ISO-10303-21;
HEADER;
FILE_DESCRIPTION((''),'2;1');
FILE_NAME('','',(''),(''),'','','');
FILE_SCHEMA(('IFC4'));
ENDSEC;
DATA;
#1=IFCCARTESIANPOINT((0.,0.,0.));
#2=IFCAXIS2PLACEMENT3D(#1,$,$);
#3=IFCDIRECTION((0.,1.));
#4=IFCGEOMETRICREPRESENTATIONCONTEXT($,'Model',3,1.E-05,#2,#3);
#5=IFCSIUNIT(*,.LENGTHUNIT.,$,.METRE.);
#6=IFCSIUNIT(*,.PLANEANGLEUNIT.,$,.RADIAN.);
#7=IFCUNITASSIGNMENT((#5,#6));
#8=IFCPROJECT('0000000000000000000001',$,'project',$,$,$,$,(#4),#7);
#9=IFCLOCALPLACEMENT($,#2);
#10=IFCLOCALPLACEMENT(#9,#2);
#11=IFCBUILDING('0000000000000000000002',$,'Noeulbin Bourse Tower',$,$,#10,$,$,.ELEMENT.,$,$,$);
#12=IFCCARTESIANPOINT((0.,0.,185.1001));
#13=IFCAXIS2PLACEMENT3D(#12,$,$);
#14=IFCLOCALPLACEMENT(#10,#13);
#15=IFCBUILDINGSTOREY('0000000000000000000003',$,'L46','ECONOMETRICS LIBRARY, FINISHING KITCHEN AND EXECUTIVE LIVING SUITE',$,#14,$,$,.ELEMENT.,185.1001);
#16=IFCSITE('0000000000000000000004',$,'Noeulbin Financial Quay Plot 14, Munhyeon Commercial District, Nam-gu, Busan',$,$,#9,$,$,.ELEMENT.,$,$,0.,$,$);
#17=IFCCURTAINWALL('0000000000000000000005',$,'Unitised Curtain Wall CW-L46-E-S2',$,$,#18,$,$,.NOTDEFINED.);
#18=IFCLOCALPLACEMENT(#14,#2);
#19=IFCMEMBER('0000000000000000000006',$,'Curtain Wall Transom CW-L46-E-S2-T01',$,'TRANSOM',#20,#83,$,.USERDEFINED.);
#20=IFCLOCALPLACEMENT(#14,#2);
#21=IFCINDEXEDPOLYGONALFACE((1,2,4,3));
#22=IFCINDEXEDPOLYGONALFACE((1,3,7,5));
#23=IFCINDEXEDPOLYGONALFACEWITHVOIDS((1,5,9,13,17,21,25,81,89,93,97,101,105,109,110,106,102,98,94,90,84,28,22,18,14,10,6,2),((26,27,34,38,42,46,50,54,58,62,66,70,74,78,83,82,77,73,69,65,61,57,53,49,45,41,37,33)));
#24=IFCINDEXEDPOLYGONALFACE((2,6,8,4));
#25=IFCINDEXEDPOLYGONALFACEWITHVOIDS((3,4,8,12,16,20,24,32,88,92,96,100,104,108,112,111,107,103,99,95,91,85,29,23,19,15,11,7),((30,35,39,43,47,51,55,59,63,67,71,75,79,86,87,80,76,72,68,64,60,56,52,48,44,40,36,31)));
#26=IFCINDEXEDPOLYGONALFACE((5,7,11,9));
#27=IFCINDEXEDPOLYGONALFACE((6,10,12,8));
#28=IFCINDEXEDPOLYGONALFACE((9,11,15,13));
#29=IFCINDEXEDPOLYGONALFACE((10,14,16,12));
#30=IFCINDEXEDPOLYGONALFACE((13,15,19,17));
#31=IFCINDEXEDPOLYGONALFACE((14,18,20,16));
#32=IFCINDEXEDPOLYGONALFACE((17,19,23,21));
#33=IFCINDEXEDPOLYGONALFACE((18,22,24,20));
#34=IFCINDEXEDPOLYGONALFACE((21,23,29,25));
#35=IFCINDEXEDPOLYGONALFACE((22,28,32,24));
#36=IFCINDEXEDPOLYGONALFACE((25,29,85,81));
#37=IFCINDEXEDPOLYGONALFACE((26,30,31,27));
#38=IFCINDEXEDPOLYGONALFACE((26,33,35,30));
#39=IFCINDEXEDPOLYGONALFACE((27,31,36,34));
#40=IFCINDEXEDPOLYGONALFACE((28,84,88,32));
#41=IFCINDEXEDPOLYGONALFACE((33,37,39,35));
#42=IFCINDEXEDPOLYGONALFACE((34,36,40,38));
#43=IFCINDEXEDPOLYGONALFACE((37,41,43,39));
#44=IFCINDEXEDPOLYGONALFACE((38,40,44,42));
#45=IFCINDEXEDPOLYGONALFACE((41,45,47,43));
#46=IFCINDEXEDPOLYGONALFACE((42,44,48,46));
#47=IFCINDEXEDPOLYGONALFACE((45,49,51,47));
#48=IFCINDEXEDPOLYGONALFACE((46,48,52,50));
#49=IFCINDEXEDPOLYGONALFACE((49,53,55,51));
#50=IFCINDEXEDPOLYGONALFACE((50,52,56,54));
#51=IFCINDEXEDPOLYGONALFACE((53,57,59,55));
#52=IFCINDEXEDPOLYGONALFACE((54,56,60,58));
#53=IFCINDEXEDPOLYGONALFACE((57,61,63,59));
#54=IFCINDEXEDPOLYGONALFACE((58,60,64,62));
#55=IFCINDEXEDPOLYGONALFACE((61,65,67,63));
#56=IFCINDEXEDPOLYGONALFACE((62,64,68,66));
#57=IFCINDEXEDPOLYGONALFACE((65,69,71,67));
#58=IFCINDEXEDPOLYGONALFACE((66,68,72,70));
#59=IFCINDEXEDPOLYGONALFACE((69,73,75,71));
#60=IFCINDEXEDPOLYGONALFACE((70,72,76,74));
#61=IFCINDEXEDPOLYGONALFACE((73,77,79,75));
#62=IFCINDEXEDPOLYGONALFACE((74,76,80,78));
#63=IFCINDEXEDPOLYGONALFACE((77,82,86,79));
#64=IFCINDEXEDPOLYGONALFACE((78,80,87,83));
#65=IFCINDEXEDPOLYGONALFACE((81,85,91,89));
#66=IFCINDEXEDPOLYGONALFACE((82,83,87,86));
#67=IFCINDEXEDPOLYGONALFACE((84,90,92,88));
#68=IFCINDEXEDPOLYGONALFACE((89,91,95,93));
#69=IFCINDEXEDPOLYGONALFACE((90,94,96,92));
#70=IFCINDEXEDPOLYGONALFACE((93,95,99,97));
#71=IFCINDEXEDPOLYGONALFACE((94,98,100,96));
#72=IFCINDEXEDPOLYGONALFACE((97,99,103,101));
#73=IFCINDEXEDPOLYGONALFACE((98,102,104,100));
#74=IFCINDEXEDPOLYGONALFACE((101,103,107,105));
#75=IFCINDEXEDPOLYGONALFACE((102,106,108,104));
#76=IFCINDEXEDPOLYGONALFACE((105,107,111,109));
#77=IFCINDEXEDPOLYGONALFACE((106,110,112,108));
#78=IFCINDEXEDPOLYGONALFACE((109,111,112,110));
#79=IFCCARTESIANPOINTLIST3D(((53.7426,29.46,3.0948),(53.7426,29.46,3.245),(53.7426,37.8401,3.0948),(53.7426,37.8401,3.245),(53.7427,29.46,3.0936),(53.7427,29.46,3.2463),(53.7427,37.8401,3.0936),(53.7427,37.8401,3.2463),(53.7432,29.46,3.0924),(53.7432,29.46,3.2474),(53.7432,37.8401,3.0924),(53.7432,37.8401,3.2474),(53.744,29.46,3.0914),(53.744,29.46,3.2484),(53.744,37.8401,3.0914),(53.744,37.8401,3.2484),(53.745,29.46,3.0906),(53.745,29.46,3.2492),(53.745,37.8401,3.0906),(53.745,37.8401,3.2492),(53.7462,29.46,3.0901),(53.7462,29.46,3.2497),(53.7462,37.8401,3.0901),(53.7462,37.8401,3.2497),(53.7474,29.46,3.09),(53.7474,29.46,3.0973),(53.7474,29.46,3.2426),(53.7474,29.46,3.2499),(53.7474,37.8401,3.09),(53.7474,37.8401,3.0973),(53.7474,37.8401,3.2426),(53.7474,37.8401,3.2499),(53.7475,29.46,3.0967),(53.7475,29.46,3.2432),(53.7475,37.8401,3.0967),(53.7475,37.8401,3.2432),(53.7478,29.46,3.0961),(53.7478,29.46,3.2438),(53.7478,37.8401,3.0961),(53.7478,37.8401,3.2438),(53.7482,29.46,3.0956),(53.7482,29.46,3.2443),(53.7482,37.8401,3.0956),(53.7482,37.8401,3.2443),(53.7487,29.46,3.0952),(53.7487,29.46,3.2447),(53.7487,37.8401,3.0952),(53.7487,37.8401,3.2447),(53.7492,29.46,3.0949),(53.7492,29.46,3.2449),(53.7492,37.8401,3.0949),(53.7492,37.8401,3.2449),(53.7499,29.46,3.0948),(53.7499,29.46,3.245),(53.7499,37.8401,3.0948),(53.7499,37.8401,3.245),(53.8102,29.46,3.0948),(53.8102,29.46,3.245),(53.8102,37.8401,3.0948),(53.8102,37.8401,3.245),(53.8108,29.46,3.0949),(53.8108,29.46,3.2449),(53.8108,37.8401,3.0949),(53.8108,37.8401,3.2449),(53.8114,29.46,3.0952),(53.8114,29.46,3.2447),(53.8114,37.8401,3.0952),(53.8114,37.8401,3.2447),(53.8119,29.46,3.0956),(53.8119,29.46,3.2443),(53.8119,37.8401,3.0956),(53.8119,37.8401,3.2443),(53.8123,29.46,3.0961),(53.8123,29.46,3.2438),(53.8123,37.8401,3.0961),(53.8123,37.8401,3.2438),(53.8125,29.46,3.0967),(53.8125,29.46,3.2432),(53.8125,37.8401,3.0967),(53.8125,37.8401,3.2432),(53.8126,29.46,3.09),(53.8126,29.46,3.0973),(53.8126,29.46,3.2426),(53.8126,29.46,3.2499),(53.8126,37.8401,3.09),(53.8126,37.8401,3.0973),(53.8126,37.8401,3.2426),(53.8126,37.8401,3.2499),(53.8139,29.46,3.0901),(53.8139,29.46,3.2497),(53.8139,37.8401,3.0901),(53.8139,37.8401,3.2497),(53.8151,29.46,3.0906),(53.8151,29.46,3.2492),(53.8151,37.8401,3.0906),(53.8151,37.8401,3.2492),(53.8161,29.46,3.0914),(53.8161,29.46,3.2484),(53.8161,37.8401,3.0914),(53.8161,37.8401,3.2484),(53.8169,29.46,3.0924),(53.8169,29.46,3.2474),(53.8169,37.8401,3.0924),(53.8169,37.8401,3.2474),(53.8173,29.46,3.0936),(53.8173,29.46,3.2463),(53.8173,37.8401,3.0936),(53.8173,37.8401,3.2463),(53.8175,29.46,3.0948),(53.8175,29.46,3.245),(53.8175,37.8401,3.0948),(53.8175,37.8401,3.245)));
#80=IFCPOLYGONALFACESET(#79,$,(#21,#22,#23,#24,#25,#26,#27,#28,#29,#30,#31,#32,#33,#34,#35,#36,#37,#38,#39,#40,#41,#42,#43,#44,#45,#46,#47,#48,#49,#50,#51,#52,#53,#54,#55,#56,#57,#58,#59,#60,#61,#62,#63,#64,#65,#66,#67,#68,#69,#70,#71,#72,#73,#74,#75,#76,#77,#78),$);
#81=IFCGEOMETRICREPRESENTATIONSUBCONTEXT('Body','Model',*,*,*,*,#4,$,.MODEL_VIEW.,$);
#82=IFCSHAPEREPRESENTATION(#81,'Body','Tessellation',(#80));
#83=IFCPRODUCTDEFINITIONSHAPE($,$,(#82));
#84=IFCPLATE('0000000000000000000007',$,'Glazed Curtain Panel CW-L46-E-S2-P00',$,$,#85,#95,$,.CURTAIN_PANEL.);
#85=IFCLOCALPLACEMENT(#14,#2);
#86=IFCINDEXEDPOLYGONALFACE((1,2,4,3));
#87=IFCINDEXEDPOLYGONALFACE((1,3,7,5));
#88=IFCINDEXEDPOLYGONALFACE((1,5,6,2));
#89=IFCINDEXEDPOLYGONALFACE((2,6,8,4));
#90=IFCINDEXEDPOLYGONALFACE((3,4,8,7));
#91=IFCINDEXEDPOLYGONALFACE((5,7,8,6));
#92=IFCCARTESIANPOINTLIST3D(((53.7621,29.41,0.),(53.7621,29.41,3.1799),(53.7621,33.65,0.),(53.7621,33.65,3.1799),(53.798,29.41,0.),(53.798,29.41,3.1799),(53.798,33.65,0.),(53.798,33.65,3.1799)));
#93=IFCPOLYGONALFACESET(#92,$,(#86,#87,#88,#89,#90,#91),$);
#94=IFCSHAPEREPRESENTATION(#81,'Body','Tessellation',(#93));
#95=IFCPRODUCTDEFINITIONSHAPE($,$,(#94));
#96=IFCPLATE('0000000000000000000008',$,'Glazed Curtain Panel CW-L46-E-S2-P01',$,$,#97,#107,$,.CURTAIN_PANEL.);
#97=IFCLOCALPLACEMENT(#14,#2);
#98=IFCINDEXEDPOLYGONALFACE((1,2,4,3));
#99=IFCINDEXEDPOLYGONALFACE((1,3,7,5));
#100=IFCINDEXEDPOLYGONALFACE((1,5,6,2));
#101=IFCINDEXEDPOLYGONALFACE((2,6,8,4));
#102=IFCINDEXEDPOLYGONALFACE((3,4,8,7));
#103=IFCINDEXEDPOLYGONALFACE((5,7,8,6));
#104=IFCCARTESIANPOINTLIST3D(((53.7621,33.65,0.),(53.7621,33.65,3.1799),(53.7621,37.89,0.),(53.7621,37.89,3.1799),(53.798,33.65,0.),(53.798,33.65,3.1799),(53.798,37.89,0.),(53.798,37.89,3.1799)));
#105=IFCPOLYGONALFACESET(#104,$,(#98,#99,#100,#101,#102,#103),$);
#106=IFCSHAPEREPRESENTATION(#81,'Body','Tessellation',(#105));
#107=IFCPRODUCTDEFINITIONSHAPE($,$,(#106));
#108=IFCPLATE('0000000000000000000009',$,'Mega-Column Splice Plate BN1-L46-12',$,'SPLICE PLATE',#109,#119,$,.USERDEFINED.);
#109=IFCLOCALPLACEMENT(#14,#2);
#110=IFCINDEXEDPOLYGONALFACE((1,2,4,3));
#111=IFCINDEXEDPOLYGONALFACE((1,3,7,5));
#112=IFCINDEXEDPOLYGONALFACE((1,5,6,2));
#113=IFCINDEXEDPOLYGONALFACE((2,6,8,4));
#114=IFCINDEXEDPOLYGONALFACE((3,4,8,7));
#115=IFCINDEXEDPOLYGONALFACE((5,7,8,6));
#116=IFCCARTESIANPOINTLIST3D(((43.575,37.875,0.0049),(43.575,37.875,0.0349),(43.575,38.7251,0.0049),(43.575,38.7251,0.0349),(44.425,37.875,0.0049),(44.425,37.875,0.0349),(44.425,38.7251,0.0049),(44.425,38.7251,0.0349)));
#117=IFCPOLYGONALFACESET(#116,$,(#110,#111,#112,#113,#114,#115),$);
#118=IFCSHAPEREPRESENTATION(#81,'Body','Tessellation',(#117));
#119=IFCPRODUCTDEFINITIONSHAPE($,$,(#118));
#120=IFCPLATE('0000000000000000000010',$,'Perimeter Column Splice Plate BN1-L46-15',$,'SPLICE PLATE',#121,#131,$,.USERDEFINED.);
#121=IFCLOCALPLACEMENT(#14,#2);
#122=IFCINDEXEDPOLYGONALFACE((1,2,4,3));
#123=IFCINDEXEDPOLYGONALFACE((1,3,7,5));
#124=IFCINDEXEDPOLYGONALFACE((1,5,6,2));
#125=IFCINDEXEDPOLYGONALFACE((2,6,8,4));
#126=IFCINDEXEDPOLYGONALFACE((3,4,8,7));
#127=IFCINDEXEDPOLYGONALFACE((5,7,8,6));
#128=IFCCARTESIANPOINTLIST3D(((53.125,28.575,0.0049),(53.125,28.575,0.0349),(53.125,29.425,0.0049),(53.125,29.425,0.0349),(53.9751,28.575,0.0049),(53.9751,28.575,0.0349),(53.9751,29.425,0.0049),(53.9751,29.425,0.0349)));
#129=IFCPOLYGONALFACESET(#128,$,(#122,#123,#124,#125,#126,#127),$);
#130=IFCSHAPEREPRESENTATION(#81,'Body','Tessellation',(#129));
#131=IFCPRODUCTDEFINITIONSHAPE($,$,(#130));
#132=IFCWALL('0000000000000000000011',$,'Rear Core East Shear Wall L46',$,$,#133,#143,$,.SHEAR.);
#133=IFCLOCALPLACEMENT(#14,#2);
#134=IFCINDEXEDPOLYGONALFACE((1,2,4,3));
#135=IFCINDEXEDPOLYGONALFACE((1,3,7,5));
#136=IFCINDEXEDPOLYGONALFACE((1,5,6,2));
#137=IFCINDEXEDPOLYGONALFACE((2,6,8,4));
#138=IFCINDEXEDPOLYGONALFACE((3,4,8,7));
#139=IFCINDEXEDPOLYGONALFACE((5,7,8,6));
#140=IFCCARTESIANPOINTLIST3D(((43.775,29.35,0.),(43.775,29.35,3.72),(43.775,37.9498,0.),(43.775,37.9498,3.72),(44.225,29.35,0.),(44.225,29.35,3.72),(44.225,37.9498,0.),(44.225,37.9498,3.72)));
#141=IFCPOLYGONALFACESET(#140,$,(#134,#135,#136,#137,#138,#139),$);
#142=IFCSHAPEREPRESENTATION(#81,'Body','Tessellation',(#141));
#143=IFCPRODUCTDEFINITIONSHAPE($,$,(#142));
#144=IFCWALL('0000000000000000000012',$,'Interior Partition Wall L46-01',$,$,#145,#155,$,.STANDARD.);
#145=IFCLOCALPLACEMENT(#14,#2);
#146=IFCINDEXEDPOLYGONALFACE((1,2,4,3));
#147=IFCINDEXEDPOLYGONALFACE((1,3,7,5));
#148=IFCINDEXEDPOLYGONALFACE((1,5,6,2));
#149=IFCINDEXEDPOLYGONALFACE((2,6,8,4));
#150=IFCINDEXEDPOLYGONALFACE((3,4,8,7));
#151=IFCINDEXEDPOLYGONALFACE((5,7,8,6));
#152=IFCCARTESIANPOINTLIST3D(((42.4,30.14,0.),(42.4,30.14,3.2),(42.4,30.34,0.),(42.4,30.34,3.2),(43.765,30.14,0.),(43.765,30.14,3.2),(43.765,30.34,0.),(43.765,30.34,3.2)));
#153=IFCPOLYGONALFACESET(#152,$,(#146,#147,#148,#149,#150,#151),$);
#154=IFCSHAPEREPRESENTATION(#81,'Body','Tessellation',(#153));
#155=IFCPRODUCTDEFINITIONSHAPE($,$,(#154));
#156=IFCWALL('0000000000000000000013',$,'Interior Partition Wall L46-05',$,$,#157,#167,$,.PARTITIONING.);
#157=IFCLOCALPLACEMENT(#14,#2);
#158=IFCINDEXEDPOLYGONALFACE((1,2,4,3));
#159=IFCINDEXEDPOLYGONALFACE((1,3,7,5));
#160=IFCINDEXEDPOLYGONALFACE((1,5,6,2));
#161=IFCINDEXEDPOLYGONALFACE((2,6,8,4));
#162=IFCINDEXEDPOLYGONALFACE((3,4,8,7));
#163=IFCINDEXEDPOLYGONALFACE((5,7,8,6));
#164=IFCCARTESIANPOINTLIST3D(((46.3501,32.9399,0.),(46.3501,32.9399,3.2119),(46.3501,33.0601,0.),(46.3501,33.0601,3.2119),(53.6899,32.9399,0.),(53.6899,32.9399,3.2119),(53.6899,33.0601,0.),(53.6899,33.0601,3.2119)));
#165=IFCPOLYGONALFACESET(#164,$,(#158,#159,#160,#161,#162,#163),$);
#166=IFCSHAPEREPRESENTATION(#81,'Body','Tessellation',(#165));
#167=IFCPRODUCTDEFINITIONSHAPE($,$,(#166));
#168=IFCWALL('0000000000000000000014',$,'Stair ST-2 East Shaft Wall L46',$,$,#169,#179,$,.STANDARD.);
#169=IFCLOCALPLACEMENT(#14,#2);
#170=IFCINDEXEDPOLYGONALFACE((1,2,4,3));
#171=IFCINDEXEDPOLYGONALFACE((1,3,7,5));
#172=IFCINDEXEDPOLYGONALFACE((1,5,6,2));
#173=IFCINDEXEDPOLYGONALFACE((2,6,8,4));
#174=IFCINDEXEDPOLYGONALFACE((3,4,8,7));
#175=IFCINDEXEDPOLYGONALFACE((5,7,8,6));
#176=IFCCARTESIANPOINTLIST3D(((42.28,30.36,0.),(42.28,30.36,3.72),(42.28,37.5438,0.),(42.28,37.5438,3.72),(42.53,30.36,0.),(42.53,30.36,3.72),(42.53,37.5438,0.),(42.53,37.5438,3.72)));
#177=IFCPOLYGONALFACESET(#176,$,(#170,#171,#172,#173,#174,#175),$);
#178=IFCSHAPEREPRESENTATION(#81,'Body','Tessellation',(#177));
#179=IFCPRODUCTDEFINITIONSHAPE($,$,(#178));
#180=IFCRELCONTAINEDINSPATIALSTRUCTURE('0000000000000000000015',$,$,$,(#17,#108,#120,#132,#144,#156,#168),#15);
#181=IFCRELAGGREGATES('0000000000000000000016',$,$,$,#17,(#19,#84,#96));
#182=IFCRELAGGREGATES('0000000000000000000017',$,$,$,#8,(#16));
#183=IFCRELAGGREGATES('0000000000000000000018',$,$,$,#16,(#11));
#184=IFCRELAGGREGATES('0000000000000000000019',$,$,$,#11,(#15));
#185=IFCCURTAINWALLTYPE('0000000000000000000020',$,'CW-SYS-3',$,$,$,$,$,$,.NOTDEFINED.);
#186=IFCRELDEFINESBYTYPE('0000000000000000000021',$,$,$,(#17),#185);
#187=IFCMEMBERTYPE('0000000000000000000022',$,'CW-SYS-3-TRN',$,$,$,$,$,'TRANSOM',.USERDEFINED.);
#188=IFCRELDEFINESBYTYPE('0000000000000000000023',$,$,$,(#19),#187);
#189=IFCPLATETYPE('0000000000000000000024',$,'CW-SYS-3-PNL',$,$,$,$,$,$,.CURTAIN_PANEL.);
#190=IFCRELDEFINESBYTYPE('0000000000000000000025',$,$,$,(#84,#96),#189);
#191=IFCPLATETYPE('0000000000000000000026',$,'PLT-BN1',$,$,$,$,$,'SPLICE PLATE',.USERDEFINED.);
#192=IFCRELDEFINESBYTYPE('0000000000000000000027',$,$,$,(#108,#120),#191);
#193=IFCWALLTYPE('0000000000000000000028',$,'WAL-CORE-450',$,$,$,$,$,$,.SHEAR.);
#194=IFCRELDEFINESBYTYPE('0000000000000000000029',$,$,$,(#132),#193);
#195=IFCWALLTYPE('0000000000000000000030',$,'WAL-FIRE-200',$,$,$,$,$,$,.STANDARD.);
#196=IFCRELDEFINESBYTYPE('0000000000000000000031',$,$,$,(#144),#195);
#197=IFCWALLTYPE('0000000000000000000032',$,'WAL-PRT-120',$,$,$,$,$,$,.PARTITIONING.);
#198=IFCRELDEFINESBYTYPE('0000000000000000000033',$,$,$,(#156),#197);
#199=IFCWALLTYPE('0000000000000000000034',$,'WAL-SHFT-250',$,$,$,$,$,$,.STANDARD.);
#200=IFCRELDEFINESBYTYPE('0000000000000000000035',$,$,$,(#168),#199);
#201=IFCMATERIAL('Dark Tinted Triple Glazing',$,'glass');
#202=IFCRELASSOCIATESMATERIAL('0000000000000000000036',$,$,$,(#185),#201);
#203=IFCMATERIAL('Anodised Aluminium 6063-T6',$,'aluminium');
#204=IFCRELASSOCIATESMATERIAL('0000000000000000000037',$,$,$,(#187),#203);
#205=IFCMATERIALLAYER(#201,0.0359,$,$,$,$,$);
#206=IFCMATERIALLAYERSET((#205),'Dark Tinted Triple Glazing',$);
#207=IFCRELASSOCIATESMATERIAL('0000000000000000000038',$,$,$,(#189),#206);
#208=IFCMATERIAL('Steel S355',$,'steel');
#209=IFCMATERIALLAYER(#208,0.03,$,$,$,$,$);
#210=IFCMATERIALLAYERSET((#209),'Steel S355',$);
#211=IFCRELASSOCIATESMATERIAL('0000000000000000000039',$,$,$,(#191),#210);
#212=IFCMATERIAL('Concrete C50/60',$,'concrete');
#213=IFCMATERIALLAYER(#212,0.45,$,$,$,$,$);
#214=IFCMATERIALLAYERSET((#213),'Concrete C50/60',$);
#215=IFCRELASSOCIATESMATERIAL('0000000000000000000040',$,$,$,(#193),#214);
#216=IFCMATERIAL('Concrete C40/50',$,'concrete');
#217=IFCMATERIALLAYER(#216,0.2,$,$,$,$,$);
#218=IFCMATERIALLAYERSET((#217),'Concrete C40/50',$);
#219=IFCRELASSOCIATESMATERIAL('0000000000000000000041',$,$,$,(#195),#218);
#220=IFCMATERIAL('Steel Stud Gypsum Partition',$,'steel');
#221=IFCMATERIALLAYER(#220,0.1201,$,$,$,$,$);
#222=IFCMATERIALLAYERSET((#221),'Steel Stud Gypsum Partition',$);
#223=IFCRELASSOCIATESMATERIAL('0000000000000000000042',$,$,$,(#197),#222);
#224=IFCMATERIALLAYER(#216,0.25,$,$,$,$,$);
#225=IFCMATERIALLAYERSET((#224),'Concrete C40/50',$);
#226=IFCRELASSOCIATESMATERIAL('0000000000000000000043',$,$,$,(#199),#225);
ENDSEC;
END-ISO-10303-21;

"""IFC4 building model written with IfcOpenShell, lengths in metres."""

from ifc_helpers import new_model, si_unit, direction, frame, frame_2d, origin, origin_2d, place, context, subcontext, project, spatial, rectangle, hollow_rectangle, extrude, material, layer, layer_set, material_profile, profile_set, type_object, element, aggregate, save


model = new_model("IFC4")

# Units and contexts
model_context = context("Model", 3, precision=1e-05, world=origin(), true_north=direction((0.0, 1.0)))
body_context = subcontext(model_context, "Body", "Model", "MODEL_VIEW")
ifc_project = project(units=[si_unit("LENGTHUNIT", "METRE"), si_unit("PLANEANGLEUNIT", "RADIAN")], contexts=[model_context])

# Site, building, storey
site_placement = place(None, origin())
site = spatial("IfcSite", under=ifc_project, at=site_placement, Name="Noeulbin Financial Quay Plot 14, Munhyeon Commercial District, Nam-gu, Busan", CompositionType="ELEMENT", RefElevation=0.0)
building_placement = place(site_placement, origin())
building = spatial("IfcBuilding", under=site, at=building_placement, Name="Noeulbin Bourse Tower", CompositionType="ELEMENT")
storey_placement = place(building_placement, frame((0.0, 0.0, 185.1001)))
storey = spatial("IfcBuildingStorey", under=building, at=storey_placement, Name="L46", Description="ECONOMETRICS LIBRARY, FINISHING KITCHEN AND EXECUTIVE LIVING SUITE", CompositionType="ELEMENT", Elevation=185.1001)

# Shared definitions
ifc_material_1 = material(Name="Steel S355", Category="steel")

# Curtain wall, member, plates
ifc_material_2 = material(Name="Dark Tinted Triple Glazing", Category="glass")
curtain_wall_type = type_object("IfcCurtainWallType", Name="CW-SYS-3", PredefinedType="NOTDEFINED", material=ifc_material_2)
curtain_wall_placement = place(storey_placement, origin())
curtain_wall = element("IfcCurtainWall", 1, at=curtain_wall_placement, inside=storey, type_object=curtain_wall_type, Name="Unitised Curtain Wall CW-L46-E-S2", PredefinedType="NOTDEFINED")
ifc_material_3 = material(Name="Anodised Aluminium 6063-T6", Category="aluminium")
ifc_material_profile_1 = material_profile(ifc_material_3, hollow_rectangle(XDim=0.075, YDim=0.1599, WallThickness=0.0049, InnerFilletRadius=0.0024, OuterFilletRadius=0.0049, at=origin_2d()), Name="ALU-TRAN-75x160x5", Category="LoadBearing")
ifc_profile_set_1 = profile_set([ifc_material_profile_1], Name="Anodised Aluminium 6063-T6")
member_type_1 = type_object("IfcMemberType", Name="CW-SYS-3-TRN", ElementType="TRANSOM", PredefinedType="USERDEFINED", material=ifc_profile_set_1)
member_1_placement = place(storey_placement, frame((53.78, 29.46, 3.1699), z_axis=(0.0, 1.0, 0.0), x_axis=(-1.0, 0.0, 0.0)))
member_1 = element("IfcMember", 2, at=member_1_placement, type_object=member_type_1, Name="Curtain Wall Transom CW-L46-E-S2-T01", ObjectType="TRANSOM", PredefinedType="USERDEFINED", context=body_context, shape_type="SweptSolid", body=[
    extrude(hollow_rectangle(XDim=0.075, YDim=0.1599, WallThickness=0.0049, InnerFilletRadius=0.0024, OuterFilletRadius=0.0049, at=origin_2d()), origin(), (0.0, 0.0, 1.0), 8.3801),
])
ifc_layer_1 = layer(ifc_material_2, 0.0359)
ifc_layer_set_1 = layer_set([ifc_layer_1], Name="Dark Tinted Triple Glazing")
plate_type_1 = type_object("IfcPlateType", Name="CW-SYS-3-PNL", PredefinedType="CURTAIN_PANEL", material=ifc_layer_set_1)
plate_1_placement = place(storey_placement, frame((53.78, 31.53, 0.0), z_axis=(0.0, 0.0, 1.0), x_axis=(0.0, 1.0, 0.0)))
plate_1 = element("IfcPlate", 3, at=plate_1_placement, type_object=plate_type_1, Name="Glazed Curtain Panel CW-L46-E-S2-P00", PredefinedType="CURTAIN_PANEL", context=body_context, shape_type="SweptSolid", body=[
    extrude(rectangle(XDim=4.24, YDim=0.0359, at=origin_2d()), origin(), (0.0, 0.0, 1.0), 3.1799),
])
plate_2_placement = place(storey_placement, frame((53.78, 35.77, 0.0), z_axis=(0.0, 0.0, 1.0), x_axis=(0.0, 1.0, 0.0)))
plate_2 = element("IfcPlate", 4, at=plate_2_placement, type_object=plate_type_1, Name="Glazed Curtain Panel CW-L46-E-S2-P01", PredefinedType="CURTAIN_PANEL", context=body_context, shape_type="SweptSolid", body=[
    extrude(rectangle(XDim=4.24, YDim=0.0359, at=origin_2d()), origin(), (0.0, 0.0, 1.0), 3.1799),
])
aggregate(curtain_wall, [member_1, plate_1, plate_2])

# Plates
ifc_layer_2 = layer(ifc_material_1, 0.03)
ifc_layer_set_2 = layer_set([ifc_layer_2], Name="Steel S355")
plate_type_2 = type_object("IfcPlateType", Name="PLT-BN1", ElementType="SPLICE PLATE", PredefinedType="USERDEFINED", material=ifc_layer_set_2)
for number, where, z_axis, x_axis, name in (
    (5, (44.0, 38.3, 0.0049), (0.0, 0.0, 1.0), (1.0, 0.0, 0.0), "Mega-Column Splice Plate BN1-L46-12"),
    (6, (53.55, 29.0, 0.0049), (0.0, 0.0, 1.0), (1.0, 0.0, 0.0), "Perimeter Column Splice Plate BN1-L46-15"),
):
    element("IfcPlate", number, at=place(storey_placement, frame(where, z_axis=z_axis, x_axis=x_axis)), inside=storey, type_object=plate_type_2, Name=name, ObjectType="SPLICE PLATE", PredefinedType="USERDEFINED", context=body_context, shape_type="SweptSolid", body=[
        extrude(rectangle(XDim=0.8501, YDim=0.8501, at=origin_2d()), origin(), (0.0, 0.0, 1.0), 0.03),
    ])

# Walls
ifc_material_4 = material(Name="Concrete C50/60", Category="concrete")
ifc_layer_3 = layer(ifc_material_4, 0.45)
ifc_layer_set_3 = layer_set([ifc_layer_3], Name="Concrete C50/60")
wall_type_1 = type_object("IfcWallType", Name="WAL-CORE-450", PredefinedType="SHEAR", material=ifc_layer_set_3)
wall_1_placement = place(storey_placement, frame((44.0, 29.3501, 0.0), z_axis=(0.0, 0.0, 1.0), x_axis=(0.0, 1.0, 0.0)))
element("IfcWall", 7, at=wall_1_placement, inside=storey, type_object=wall_type_1, Name="Rear Core East Shear Wall L46", PredefinedType="SHEAR", context=body_context, shape_type="SweptSolid", body=[
    extrude(rectangle(XDim=8.5999, YDim=0.45, at=frame_2d((4.2998, 0.0))), origin(), (0.0, 0.0, 1.0), 3.72),
])
ifc_material_5 = material(Name="Concrete C40/50", Category="concrete")
ifc_layer_4 = layer(ifc_material_5, 0.2)
ifc_layer_set_4 = layer_set([ifc_layer_4], Name="Concrete C40/50")
wall_type_2 = type_object("IfcWallType", Name="WAL-FIRE-200", PredefinedType="STANDARD", material=ifc_layer_set_4)
wall_2_placement = place(storey_placement, frame((42.3999, 30.24, 0.0), z_axis=(0.0, 0.0, 1.0), x_axis=(1.0, 0.0, 0.0)))
element("IfcWall", 8, at=wall_2_placement, inside=storey, type_object=wall_type_2, Name="Interior Partition Wall L46-01", PredefinedType="STANDARD", context=body_context, shape_type="SweptSolid", body=[
    extrude(rectangle(XDim=1.365, YDim=0.2, at=frame_2d((0.6826, 0.0))), origin(), (0.0, 0.0, 1.0), 3.2),
])
ifc_material_6 = material(Name="Steel Stud Gypsum Partition", Category="steel")
ifc_layer_5 = layer(ifc_material_6, 0.1201)
ifc_layer_set_5 = layer_set([ifc_layer_5], Name="Steel Stud Gypsum Partition")
wall_type_3 = type_object("IfcWallType", Name="WAL-PRT-120", PredefinedType="PARTITIONING", material=ifc_layer_set_5)
wall_3_placement = place(storey_placement, frame((46.3501, 33.0, 0.0), z_axis=(0.0, 0.0, 1.0), x_axis=(1.0, 0.0, 0.0)))
element("IfcWall", 9, at=wall_3_placement, inside=storey, type_object=wall_type_3, Name="Interior Partition Wall L46-05", PredefinedType="PARTITIONING", context=body_context, shape_type="SweptSolid", body=[
    extrude(rectangle(XDim=7.3398, YDim=0.1201, at=frame_2d((3.6699, 0.0))), origin(), (0.0, 0.0, 1.0), 3.2119),
])
ifc_layer_6 = layer(ifc_material_5, 0.25)
ifc_layer_set_6 = layer_set([ifc_layer_6], Name="Concrete C40/50")
wall_type_4 = type_object("IfcWallType", Name="WAL-SHFT-250", PredefinedType="STANDARD", material=ifc_layer_set_6)
wall_4_placement = place(storey_placement, frame((42.405, 30.3601, 0.0), z_axis=(0.0, 0.0, 1.0), x_axis=(0.0, 1.0, 0.0)))
element("IfcWall", 10, at=wall_4_placement, inside=storey, type_object=wall_type_4, Name="Stair ST-2 East Shaft Wall L46", PredefinedType="STANDARD", context=body_context, shape_type="SweptSolid", body=[
    extrude(rectangle(XDim=7.1838, YDim=0.25, at=frame_2d((3.5918, 0.0))), origin(), (0.0, 0.0, 1.0), 3.72),
])

save(model, "model.ifc")
